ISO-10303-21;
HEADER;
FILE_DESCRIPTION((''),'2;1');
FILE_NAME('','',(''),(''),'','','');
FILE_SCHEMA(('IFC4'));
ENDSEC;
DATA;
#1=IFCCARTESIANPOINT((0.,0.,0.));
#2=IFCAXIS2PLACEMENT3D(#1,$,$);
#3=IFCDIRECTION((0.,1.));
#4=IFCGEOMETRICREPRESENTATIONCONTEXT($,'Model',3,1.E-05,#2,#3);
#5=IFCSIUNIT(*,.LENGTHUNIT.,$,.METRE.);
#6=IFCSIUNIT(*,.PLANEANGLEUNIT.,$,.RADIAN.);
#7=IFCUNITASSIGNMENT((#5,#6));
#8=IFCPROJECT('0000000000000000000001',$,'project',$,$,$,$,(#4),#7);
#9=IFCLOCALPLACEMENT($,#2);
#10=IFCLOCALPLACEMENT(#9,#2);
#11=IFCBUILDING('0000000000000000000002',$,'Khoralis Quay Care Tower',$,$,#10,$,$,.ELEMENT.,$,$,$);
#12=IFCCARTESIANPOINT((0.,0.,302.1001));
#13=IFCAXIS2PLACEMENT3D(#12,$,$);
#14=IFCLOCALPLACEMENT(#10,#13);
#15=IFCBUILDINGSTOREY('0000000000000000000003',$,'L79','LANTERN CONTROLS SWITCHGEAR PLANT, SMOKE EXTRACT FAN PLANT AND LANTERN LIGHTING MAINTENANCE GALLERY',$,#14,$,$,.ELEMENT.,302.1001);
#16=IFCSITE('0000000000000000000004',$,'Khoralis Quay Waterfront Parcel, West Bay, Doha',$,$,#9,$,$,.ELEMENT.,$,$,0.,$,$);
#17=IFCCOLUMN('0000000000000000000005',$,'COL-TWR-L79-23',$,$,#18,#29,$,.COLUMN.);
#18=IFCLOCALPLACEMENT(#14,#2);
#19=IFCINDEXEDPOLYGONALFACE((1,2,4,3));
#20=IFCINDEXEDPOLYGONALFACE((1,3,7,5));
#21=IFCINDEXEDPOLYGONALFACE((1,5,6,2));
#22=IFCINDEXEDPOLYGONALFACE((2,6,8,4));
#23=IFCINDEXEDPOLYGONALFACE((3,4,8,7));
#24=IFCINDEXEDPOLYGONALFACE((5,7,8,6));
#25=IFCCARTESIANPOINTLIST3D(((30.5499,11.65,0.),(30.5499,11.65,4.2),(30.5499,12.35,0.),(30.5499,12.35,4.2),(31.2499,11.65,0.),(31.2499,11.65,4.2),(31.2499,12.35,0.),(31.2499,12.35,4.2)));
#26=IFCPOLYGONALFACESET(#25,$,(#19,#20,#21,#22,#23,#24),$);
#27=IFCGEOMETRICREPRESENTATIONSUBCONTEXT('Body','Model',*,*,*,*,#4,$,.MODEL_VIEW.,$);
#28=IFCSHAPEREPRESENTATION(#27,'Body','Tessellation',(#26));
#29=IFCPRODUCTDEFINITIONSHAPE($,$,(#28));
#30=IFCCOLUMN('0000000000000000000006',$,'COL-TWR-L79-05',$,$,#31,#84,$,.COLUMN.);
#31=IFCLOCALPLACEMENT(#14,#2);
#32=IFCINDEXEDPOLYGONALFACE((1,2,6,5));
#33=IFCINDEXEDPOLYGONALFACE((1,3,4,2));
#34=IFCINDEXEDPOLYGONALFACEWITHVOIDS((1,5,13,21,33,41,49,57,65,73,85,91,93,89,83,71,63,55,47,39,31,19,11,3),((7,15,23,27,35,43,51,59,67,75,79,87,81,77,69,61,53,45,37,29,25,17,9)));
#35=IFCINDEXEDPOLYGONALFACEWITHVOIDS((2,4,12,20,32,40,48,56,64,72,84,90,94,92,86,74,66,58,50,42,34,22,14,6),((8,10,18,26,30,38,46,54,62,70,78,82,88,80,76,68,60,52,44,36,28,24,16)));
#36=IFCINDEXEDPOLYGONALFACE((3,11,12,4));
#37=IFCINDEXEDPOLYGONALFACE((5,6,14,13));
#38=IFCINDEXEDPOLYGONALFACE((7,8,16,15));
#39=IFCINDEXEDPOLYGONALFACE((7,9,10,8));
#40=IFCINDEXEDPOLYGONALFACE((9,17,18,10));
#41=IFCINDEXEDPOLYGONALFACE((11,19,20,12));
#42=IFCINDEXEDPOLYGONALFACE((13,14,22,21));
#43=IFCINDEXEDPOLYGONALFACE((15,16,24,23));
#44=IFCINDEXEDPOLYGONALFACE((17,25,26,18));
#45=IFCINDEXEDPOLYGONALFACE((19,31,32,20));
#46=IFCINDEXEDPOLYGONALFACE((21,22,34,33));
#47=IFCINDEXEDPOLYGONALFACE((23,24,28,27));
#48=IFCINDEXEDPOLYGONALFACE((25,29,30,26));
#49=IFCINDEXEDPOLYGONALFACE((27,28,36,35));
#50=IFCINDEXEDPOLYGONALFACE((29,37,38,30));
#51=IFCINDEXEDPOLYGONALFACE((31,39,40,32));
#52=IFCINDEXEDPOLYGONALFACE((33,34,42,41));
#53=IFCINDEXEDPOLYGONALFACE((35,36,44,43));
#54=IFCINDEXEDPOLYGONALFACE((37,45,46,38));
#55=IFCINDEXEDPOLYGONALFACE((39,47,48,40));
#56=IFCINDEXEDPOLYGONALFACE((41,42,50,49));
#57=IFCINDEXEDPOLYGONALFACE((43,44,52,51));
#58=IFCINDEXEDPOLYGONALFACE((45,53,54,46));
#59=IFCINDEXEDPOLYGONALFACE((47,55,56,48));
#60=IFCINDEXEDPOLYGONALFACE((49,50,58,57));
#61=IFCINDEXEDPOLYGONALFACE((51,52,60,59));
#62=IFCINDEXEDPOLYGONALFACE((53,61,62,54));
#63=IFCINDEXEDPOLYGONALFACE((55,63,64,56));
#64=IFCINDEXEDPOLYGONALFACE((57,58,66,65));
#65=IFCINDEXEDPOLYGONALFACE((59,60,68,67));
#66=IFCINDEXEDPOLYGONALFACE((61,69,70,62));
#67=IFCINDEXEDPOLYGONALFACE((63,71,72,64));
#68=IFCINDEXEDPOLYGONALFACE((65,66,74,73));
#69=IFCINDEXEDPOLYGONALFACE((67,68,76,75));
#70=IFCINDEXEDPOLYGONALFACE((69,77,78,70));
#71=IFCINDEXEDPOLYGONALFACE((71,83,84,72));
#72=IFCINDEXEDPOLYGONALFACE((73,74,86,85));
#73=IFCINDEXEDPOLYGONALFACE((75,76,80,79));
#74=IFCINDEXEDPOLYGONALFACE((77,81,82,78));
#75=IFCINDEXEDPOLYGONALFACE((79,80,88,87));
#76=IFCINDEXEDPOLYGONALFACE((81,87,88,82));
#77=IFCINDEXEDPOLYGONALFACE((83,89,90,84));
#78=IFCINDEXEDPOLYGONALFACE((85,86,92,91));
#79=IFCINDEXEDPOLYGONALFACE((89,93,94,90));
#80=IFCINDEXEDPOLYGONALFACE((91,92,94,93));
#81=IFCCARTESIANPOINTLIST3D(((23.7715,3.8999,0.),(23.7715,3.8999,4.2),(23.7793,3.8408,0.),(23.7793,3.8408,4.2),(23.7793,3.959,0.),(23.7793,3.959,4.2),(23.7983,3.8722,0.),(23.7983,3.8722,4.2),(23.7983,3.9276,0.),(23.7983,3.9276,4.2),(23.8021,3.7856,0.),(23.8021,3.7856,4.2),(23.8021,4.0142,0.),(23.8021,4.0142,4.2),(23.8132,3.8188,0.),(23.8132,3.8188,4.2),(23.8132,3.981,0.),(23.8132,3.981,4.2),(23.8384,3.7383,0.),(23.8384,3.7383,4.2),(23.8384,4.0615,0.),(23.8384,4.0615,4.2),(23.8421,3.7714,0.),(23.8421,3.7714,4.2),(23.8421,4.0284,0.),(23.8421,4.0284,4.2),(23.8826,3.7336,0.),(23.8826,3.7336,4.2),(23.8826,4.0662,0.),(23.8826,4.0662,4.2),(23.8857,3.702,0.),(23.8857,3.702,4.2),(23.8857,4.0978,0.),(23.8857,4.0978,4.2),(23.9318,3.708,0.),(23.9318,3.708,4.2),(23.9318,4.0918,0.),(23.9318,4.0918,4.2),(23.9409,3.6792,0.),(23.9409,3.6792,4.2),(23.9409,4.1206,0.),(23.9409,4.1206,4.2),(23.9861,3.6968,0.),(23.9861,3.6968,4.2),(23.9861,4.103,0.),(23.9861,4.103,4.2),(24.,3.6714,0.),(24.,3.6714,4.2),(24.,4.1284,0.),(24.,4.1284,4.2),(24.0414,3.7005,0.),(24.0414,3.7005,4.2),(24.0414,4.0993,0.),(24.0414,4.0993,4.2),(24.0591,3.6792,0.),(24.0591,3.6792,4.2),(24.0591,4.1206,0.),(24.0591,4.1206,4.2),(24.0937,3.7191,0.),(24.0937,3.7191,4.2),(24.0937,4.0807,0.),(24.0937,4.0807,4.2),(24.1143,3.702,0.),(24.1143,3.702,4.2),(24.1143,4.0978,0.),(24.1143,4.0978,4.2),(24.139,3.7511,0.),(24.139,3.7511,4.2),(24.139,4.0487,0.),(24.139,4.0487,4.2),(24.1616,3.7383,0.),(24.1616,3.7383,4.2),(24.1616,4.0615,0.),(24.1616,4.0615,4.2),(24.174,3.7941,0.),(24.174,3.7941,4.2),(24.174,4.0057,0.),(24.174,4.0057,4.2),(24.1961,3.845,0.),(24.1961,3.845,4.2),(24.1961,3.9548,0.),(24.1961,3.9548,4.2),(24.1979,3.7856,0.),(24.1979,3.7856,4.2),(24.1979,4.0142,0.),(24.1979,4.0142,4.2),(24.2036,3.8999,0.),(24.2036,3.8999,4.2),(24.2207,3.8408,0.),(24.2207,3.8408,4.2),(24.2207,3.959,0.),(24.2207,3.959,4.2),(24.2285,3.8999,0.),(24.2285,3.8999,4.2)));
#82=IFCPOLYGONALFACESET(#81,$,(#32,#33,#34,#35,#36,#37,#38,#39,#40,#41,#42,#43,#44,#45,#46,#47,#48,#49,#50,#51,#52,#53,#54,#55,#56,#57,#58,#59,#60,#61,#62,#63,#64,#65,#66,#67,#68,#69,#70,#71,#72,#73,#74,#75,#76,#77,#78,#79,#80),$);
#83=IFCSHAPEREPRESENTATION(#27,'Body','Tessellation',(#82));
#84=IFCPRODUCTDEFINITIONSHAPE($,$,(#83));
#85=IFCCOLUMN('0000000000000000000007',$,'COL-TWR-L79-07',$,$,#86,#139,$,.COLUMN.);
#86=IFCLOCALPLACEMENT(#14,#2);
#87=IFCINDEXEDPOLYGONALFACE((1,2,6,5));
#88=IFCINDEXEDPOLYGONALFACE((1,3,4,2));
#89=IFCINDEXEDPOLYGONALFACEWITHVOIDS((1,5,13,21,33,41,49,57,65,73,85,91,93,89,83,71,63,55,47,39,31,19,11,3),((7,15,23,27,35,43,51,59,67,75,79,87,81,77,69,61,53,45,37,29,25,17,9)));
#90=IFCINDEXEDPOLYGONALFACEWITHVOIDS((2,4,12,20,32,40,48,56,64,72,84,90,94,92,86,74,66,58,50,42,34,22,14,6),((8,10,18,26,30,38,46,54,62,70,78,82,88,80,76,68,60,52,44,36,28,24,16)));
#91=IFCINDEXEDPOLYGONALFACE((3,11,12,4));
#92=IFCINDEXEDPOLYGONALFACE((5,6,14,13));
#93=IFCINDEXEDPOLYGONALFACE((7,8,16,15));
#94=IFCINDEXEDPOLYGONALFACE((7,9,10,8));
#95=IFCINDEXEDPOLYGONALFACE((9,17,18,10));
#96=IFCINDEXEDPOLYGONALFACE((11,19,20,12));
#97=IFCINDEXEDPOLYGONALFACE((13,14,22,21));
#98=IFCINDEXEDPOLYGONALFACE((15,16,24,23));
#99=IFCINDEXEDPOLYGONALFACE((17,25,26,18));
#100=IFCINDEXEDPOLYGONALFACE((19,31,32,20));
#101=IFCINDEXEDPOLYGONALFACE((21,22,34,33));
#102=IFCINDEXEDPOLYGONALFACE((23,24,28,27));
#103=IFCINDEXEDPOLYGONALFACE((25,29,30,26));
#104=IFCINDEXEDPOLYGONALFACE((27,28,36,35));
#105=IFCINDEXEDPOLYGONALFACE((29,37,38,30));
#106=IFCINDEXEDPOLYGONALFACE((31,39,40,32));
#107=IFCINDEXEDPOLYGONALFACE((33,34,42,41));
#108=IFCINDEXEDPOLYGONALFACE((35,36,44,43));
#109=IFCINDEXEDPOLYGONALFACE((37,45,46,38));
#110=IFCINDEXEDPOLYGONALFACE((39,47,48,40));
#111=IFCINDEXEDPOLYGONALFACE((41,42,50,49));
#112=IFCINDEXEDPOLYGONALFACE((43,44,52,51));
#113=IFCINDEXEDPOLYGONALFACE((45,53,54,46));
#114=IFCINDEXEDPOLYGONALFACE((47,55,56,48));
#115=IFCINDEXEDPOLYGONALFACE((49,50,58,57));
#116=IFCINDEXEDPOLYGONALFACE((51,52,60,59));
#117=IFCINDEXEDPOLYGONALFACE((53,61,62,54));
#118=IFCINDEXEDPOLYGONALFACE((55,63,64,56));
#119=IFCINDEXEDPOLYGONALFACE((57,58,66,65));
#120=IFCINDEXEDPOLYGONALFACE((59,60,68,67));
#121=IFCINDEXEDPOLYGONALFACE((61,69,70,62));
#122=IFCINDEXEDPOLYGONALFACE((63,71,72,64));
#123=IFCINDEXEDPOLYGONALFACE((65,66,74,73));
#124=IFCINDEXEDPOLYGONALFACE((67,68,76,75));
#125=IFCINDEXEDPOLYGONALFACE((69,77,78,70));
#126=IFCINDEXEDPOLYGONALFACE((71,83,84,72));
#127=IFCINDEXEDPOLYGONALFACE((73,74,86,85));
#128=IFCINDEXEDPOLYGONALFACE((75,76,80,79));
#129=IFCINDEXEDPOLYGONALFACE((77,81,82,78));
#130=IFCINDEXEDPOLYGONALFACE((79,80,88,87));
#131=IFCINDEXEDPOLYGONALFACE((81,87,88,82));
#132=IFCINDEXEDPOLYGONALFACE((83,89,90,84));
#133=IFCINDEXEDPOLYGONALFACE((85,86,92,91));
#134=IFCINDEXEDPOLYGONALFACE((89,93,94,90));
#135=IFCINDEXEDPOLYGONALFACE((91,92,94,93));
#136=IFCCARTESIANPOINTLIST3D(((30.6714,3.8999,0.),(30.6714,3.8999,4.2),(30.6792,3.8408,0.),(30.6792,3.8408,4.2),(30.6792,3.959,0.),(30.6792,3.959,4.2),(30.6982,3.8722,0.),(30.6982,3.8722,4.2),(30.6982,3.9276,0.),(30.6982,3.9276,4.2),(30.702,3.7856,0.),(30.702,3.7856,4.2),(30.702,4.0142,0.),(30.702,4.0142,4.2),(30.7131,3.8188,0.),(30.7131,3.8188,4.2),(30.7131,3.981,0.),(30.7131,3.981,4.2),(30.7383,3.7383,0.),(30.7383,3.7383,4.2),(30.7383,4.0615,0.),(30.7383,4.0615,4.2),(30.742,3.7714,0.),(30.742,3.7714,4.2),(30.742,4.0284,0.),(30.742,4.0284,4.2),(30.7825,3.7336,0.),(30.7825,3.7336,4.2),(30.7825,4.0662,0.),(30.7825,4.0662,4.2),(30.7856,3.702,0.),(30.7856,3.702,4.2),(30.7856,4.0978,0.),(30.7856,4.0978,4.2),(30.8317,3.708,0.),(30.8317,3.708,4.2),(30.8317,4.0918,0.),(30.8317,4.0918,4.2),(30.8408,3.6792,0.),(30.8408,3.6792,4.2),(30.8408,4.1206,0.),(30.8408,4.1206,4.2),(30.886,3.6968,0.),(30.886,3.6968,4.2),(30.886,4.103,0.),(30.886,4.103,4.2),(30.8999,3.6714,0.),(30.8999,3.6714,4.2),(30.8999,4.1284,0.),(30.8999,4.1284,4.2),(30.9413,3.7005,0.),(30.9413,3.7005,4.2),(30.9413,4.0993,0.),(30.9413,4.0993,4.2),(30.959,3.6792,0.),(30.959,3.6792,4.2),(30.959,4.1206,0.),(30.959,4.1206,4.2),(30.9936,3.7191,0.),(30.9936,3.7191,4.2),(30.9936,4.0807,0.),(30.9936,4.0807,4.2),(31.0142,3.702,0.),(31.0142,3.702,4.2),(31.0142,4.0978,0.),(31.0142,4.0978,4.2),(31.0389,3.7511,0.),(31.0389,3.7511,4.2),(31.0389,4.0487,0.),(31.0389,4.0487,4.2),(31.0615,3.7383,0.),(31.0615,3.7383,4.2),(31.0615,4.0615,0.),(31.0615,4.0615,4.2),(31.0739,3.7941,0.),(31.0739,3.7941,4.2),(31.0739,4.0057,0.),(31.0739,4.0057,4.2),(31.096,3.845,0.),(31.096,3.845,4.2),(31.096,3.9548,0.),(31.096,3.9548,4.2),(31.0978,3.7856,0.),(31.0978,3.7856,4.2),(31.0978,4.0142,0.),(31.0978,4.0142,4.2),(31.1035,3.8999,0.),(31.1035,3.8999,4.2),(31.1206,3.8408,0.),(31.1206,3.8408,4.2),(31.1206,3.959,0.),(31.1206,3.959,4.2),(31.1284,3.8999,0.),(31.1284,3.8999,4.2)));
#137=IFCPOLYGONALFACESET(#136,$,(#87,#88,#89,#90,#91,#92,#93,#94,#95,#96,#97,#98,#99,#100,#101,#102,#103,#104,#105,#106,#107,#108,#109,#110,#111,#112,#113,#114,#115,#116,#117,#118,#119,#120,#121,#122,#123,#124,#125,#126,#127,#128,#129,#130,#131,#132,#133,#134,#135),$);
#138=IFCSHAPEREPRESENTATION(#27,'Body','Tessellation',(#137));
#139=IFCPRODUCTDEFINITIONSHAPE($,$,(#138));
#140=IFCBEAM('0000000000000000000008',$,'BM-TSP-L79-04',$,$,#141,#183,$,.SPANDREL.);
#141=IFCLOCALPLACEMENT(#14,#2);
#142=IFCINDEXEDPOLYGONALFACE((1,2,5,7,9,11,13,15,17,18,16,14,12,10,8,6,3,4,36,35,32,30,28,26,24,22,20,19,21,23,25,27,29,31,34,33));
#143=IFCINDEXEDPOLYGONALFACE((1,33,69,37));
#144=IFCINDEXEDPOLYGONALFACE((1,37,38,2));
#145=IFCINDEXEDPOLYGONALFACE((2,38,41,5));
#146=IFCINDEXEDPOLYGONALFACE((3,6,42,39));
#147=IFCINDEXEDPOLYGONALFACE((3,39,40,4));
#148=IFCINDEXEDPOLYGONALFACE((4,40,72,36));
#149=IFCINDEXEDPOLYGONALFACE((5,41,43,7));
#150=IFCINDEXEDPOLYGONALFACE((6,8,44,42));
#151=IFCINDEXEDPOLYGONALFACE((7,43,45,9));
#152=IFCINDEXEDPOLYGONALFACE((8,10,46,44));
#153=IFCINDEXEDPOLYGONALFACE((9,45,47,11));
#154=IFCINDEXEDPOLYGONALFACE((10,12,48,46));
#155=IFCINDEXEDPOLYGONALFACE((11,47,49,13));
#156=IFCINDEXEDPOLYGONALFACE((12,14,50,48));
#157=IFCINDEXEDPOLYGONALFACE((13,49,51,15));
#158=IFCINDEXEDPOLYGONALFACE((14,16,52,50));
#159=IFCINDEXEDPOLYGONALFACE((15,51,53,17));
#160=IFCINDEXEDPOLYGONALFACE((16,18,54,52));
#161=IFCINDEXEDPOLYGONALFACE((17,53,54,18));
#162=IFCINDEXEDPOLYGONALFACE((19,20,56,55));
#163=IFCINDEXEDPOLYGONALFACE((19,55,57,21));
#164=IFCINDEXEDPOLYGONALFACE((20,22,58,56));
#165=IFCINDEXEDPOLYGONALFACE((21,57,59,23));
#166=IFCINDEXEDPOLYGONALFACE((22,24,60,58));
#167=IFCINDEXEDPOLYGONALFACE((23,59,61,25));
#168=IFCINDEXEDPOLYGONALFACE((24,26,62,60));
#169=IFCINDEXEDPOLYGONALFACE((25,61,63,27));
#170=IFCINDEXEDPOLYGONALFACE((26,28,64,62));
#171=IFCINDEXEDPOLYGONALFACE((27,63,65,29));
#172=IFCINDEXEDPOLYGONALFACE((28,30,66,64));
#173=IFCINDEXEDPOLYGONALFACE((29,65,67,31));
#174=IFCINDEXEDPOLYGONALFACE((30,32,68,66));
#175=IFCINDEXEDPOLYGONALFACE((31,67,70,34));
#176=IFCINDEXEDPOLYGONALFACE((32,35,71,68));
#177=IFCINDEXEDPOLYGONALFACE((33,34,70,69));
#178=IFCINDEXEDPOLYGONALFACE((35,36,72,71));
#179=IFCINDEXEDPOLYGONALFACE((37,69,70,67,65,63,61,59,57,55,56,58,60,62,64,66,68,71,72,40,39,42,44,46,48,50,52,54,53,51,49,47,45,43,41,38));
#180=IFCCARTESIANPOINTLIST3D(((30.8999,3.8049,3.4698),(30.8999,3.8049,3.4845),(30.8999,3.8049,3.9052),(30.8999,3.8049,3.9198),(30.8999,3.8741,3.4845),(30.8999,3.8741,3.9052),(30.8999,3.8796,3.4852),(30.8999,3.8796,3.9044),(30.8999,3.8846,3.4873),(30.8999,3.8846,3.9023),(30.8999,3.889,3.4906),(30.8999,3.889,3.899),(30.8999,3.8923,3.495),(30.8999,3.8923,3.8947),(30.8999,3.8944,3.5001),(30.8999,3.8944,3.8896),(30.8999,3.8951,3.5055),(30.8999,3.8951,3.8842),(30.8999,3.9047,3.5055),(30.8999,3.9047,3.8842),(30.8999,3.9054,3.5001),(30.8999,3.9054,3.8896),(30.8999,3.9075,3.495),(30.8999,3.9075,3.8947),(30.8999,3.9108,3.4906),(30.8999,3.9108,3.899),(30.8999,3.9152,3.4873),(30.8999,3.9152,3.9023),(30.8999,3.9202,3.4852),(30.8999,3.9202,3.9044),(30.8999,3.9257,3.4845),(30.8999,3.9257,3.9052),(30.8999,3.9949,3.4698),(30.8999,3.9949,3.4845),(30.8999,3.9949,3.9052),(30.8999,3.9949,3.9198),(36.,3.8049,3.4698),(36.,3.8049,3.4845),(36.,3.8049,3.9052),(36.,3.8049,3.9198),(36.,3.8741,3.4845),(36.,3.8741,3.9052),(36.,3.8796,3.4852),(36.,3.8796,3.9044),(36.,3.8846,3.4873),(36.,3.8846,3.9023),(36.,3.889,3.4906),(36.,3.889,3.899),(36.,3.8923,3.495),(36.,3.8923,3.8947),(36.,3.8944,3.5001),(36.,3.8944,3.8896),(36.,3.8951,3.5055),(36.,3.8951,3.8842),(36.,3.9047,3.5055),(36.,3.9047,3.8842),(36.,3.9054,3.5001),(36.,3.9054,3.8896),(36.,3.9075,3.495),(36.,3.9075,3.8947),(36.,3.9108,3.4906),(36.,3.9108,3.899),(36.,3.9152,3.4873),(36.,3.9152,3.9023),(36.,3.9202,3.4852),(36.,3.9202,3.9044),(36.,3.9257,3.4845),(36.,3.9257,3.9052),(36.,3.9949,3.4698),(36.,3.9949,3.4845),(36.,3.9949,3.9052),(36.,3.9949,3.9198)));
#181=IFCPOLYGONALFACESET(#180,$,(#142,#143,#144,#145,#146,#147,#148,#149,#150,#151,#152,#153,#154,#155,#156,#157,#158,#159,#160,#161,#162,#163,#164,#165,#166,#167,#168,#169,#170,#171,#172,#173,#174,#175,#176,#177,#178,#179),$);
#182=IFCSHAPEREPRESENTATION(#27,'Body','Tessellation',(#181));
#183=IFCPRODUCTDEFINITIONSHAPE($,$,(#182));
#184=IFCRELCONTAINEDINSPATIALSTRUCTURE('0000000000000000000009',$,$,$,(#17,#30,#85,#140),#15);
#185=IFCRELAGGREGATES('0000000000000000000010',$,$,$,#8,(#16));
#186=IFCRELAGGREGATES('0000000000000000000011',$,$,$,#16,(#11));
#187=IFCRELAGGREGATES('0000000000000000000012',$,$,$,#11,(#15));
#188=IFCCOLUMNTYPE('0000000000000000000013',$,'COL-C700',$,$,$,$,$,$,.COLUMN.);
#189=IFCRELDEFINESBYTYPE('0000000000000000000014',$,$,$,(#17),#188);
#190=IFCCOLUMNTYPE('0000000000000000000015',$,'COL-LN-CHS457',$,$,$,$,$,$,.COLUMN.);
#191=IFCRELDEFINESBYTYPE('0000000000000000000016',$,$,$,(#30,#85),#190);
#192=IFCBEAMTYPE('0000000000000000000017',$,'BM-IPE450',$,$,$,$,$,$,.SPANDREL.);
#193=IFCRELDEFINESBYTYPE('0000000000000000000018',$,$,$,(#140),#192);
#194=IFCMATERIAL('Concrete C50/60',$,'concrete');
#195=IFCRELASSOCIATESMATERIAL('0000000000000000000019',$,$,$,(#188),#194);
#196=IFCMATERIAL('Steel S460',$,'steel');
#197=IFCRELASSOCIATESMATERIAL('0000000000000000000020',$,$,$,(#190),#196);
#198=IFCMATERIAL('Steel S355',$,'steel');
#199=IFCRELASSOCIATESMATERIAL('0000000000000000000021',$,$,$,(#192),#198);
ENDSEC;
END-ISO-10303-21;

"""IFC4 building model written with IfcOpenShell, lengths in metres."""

from ifc_helpers import new_model, si_unit, direction, frame, origin, origin_2d, place, context, subcontext, project, spatial, rectangle, hollow_circle, i_section, extrude, source, transform, mapped, material, material_profile, profile_set, type_object, element, save


model = new_model("IFC4")

# Units and contexts
model_context = context("Model", 3, precision=1e-05, world=origin(), true_north=direction((0.0, 1.0)))
body_context = subcontext(model_context, "Body", "Model", "MODEL_VIEW")
ifc_project = project(units=[si_unit("LENGTHUNIT", "METRE"), si_unit("PLANEANGLEUNIT", "RADIAN")], contexts=[model_context])

# Site, building, storey
site_placement = place(None, origin())
site = spatial("IfcSite", under=ifc_project, at=site_placement, Name="Khoralis Quay Waterfront Parcel, West Bay, Doha", CompositionType="ELEMENT", RefElevation=0.0)
building_placement = place(site_placement, origin())
building = spatial("IfcBuilding", under=site, at=building_placement, Name="Khoralis Quay Care Tower", CompositionType="ELEMENT")
storey_placement = place(building_placement, frame((0.0, 0.0, 302.1001)))
storey = spatial("IfcBuildingStorey", under=building, at=storey_placement, Name="L79", Description="LANTERN CONTROLS SWITCHGEAR PLANT, SMOKE EXTRACT FAN PLANT AND LANTERN LIGHTING MAINTENANCE GALLERY", CompositionType="ELEMENT", Elevation=302.1001)

# Columns
ifc_material_1 = material(Name="Concrete C50/60", Category="concrete")
ifc_material_profile_1 = material_profile(ifc_material_1, rectangle(XDim=0.7, YDim=0.7, at=origin_2d()), Name="Concrete C50/60")
ifc_profile_set_1 = profile_set([ifc_material_profile_1], Name="Concrete C50/60")
column_type_1 = type_object("IfcColumnType", Name="COL-C700", PredefinedType="COLUMN", material=ifc_profile_set_1)
shared_shape_1 = source(origin(), body_context, "Body", "SweptSolid", [
    extrude(rectangle(XDim=0.7, YDim=0.7, at=origin_2d()), origin(), (0.0, 0.0, 1.0), 4.2),
])
column_placement = place(storey_placement, frame((30.8999, 12.0, 0.0), z_axis=(0.0, 0.0, 1.0), x_axis=(1.0, 0.0, 0.0)))
element("IfcColumn", 1, at=column_placement, inside=storey, type_object=column_type_1, Name="COL-TWR-L79-23", PredefinedType="COLUMN", context=body_context, shape_type="MappedRepresentation", body=[
    mapped(shared_shape_1, transform((0.0, 0.0, 0.0), scale=1.0)),
])
ifc_material_2 = material(Name="Steel S460", Category="steel")
ifc_material_profile_2 = material_profile(ifc_material_2, hollow_circle(Radius=0.2285, WallThickness=0.0249, at=origin_2d()), Name="Steel S460")
ifc_profile_set_2 = profile_set([ifc_material_profile_2], Name="Steel S460")
column_type_2 = type_object("IfcColumnType", Name="COL-LN-CHS457", PredefinedType="COLUMN", material=ifc_profile_set_2)
shared_shape_2 = source(origin(), body_context, "Body", "SweptSolid", [
    extrude(hollow_circle(Radius=0.2285, WallThickness=0.0249, at=origin_2d()), origin(), (0.0, 0.0, 1.0), 4.2),
])
for number, where, z_axis, x_axis, name in (
    (2, (24.0, 3.8999, 0.0), (0.0, 0.0, 1.0), (1.0, 0.0, 0.0), "COL-TWR-L79-05"),
    (3, (30.8999, 3.8999, 0.0), (0.0, 0.0, 1.0), (1.0, 0.0, 0.0), "COL-TWR-L79-07"),
):
    element("IfcColumn", number, at=place(storey_placement, frame(where, z_axis=z_axis, x_axis=x_axis)), inside=storey, type_object=column_type_2, Name=name, PredefinedType="COLUMN", context=body_context, shape_type="MappedRepresentation", body=[
        mapped(shared_shape_2, transform((0.0, 0.0, 0.0), scale=1.0)),
    ])

# Beam
ifc_material_3 = material(Name="Steel S355", Category="steel")
ifc_material_profile_3 = material_profile(ifc_material_3, i_section(OverallWidth=0.1899, OverallDepth=0.45, WebThickness=0.0095, FlangeThickness=0.0146, FilletRadius=0.021, at=origin_2d()), Name="Steel S355")
ifc_profile_set_3 = profile_set([ifc_material_profile_3], Name="Steel S355")
beam_type_1 = type_object("IfcBeamType", Name="BM-IPE450", PredefinedType="SPANDREL", material=ifc_profile_set_3)
shared_shape_3 = source(origin(), body_context, "Body", "SweptSolid", [
    extrude(i_section(OverallWidth=0.1899, OverallDepth=0.45, WebThickness=0.0095, FlangeThickness=0.0146, FilletRadius=0.021, at=origin_2d()), origin(), (0.0, 0.0, 1.0), 5.1001),
])
beam_1_placement = place(storey_placement, frame((30.8999, 3.8999, 3.6948), z_axis=(1.0, 0.0, 0.0), x_axis=(0.0, 1.0, 0.0)))
element("IfcBeam", 4, at=beam_1_placement, inside=storey, type_object=beam_type_1, Name="BM-TSP-L79-04", PredefinedType="SPANDREL", context=body_context, shape_type="MappedRepresentation", body=[
    mapped(shared_shape_3, transform((0.0, 0.0, 0.0), scale=1.0)),
])

save(model, "model.ifc")
